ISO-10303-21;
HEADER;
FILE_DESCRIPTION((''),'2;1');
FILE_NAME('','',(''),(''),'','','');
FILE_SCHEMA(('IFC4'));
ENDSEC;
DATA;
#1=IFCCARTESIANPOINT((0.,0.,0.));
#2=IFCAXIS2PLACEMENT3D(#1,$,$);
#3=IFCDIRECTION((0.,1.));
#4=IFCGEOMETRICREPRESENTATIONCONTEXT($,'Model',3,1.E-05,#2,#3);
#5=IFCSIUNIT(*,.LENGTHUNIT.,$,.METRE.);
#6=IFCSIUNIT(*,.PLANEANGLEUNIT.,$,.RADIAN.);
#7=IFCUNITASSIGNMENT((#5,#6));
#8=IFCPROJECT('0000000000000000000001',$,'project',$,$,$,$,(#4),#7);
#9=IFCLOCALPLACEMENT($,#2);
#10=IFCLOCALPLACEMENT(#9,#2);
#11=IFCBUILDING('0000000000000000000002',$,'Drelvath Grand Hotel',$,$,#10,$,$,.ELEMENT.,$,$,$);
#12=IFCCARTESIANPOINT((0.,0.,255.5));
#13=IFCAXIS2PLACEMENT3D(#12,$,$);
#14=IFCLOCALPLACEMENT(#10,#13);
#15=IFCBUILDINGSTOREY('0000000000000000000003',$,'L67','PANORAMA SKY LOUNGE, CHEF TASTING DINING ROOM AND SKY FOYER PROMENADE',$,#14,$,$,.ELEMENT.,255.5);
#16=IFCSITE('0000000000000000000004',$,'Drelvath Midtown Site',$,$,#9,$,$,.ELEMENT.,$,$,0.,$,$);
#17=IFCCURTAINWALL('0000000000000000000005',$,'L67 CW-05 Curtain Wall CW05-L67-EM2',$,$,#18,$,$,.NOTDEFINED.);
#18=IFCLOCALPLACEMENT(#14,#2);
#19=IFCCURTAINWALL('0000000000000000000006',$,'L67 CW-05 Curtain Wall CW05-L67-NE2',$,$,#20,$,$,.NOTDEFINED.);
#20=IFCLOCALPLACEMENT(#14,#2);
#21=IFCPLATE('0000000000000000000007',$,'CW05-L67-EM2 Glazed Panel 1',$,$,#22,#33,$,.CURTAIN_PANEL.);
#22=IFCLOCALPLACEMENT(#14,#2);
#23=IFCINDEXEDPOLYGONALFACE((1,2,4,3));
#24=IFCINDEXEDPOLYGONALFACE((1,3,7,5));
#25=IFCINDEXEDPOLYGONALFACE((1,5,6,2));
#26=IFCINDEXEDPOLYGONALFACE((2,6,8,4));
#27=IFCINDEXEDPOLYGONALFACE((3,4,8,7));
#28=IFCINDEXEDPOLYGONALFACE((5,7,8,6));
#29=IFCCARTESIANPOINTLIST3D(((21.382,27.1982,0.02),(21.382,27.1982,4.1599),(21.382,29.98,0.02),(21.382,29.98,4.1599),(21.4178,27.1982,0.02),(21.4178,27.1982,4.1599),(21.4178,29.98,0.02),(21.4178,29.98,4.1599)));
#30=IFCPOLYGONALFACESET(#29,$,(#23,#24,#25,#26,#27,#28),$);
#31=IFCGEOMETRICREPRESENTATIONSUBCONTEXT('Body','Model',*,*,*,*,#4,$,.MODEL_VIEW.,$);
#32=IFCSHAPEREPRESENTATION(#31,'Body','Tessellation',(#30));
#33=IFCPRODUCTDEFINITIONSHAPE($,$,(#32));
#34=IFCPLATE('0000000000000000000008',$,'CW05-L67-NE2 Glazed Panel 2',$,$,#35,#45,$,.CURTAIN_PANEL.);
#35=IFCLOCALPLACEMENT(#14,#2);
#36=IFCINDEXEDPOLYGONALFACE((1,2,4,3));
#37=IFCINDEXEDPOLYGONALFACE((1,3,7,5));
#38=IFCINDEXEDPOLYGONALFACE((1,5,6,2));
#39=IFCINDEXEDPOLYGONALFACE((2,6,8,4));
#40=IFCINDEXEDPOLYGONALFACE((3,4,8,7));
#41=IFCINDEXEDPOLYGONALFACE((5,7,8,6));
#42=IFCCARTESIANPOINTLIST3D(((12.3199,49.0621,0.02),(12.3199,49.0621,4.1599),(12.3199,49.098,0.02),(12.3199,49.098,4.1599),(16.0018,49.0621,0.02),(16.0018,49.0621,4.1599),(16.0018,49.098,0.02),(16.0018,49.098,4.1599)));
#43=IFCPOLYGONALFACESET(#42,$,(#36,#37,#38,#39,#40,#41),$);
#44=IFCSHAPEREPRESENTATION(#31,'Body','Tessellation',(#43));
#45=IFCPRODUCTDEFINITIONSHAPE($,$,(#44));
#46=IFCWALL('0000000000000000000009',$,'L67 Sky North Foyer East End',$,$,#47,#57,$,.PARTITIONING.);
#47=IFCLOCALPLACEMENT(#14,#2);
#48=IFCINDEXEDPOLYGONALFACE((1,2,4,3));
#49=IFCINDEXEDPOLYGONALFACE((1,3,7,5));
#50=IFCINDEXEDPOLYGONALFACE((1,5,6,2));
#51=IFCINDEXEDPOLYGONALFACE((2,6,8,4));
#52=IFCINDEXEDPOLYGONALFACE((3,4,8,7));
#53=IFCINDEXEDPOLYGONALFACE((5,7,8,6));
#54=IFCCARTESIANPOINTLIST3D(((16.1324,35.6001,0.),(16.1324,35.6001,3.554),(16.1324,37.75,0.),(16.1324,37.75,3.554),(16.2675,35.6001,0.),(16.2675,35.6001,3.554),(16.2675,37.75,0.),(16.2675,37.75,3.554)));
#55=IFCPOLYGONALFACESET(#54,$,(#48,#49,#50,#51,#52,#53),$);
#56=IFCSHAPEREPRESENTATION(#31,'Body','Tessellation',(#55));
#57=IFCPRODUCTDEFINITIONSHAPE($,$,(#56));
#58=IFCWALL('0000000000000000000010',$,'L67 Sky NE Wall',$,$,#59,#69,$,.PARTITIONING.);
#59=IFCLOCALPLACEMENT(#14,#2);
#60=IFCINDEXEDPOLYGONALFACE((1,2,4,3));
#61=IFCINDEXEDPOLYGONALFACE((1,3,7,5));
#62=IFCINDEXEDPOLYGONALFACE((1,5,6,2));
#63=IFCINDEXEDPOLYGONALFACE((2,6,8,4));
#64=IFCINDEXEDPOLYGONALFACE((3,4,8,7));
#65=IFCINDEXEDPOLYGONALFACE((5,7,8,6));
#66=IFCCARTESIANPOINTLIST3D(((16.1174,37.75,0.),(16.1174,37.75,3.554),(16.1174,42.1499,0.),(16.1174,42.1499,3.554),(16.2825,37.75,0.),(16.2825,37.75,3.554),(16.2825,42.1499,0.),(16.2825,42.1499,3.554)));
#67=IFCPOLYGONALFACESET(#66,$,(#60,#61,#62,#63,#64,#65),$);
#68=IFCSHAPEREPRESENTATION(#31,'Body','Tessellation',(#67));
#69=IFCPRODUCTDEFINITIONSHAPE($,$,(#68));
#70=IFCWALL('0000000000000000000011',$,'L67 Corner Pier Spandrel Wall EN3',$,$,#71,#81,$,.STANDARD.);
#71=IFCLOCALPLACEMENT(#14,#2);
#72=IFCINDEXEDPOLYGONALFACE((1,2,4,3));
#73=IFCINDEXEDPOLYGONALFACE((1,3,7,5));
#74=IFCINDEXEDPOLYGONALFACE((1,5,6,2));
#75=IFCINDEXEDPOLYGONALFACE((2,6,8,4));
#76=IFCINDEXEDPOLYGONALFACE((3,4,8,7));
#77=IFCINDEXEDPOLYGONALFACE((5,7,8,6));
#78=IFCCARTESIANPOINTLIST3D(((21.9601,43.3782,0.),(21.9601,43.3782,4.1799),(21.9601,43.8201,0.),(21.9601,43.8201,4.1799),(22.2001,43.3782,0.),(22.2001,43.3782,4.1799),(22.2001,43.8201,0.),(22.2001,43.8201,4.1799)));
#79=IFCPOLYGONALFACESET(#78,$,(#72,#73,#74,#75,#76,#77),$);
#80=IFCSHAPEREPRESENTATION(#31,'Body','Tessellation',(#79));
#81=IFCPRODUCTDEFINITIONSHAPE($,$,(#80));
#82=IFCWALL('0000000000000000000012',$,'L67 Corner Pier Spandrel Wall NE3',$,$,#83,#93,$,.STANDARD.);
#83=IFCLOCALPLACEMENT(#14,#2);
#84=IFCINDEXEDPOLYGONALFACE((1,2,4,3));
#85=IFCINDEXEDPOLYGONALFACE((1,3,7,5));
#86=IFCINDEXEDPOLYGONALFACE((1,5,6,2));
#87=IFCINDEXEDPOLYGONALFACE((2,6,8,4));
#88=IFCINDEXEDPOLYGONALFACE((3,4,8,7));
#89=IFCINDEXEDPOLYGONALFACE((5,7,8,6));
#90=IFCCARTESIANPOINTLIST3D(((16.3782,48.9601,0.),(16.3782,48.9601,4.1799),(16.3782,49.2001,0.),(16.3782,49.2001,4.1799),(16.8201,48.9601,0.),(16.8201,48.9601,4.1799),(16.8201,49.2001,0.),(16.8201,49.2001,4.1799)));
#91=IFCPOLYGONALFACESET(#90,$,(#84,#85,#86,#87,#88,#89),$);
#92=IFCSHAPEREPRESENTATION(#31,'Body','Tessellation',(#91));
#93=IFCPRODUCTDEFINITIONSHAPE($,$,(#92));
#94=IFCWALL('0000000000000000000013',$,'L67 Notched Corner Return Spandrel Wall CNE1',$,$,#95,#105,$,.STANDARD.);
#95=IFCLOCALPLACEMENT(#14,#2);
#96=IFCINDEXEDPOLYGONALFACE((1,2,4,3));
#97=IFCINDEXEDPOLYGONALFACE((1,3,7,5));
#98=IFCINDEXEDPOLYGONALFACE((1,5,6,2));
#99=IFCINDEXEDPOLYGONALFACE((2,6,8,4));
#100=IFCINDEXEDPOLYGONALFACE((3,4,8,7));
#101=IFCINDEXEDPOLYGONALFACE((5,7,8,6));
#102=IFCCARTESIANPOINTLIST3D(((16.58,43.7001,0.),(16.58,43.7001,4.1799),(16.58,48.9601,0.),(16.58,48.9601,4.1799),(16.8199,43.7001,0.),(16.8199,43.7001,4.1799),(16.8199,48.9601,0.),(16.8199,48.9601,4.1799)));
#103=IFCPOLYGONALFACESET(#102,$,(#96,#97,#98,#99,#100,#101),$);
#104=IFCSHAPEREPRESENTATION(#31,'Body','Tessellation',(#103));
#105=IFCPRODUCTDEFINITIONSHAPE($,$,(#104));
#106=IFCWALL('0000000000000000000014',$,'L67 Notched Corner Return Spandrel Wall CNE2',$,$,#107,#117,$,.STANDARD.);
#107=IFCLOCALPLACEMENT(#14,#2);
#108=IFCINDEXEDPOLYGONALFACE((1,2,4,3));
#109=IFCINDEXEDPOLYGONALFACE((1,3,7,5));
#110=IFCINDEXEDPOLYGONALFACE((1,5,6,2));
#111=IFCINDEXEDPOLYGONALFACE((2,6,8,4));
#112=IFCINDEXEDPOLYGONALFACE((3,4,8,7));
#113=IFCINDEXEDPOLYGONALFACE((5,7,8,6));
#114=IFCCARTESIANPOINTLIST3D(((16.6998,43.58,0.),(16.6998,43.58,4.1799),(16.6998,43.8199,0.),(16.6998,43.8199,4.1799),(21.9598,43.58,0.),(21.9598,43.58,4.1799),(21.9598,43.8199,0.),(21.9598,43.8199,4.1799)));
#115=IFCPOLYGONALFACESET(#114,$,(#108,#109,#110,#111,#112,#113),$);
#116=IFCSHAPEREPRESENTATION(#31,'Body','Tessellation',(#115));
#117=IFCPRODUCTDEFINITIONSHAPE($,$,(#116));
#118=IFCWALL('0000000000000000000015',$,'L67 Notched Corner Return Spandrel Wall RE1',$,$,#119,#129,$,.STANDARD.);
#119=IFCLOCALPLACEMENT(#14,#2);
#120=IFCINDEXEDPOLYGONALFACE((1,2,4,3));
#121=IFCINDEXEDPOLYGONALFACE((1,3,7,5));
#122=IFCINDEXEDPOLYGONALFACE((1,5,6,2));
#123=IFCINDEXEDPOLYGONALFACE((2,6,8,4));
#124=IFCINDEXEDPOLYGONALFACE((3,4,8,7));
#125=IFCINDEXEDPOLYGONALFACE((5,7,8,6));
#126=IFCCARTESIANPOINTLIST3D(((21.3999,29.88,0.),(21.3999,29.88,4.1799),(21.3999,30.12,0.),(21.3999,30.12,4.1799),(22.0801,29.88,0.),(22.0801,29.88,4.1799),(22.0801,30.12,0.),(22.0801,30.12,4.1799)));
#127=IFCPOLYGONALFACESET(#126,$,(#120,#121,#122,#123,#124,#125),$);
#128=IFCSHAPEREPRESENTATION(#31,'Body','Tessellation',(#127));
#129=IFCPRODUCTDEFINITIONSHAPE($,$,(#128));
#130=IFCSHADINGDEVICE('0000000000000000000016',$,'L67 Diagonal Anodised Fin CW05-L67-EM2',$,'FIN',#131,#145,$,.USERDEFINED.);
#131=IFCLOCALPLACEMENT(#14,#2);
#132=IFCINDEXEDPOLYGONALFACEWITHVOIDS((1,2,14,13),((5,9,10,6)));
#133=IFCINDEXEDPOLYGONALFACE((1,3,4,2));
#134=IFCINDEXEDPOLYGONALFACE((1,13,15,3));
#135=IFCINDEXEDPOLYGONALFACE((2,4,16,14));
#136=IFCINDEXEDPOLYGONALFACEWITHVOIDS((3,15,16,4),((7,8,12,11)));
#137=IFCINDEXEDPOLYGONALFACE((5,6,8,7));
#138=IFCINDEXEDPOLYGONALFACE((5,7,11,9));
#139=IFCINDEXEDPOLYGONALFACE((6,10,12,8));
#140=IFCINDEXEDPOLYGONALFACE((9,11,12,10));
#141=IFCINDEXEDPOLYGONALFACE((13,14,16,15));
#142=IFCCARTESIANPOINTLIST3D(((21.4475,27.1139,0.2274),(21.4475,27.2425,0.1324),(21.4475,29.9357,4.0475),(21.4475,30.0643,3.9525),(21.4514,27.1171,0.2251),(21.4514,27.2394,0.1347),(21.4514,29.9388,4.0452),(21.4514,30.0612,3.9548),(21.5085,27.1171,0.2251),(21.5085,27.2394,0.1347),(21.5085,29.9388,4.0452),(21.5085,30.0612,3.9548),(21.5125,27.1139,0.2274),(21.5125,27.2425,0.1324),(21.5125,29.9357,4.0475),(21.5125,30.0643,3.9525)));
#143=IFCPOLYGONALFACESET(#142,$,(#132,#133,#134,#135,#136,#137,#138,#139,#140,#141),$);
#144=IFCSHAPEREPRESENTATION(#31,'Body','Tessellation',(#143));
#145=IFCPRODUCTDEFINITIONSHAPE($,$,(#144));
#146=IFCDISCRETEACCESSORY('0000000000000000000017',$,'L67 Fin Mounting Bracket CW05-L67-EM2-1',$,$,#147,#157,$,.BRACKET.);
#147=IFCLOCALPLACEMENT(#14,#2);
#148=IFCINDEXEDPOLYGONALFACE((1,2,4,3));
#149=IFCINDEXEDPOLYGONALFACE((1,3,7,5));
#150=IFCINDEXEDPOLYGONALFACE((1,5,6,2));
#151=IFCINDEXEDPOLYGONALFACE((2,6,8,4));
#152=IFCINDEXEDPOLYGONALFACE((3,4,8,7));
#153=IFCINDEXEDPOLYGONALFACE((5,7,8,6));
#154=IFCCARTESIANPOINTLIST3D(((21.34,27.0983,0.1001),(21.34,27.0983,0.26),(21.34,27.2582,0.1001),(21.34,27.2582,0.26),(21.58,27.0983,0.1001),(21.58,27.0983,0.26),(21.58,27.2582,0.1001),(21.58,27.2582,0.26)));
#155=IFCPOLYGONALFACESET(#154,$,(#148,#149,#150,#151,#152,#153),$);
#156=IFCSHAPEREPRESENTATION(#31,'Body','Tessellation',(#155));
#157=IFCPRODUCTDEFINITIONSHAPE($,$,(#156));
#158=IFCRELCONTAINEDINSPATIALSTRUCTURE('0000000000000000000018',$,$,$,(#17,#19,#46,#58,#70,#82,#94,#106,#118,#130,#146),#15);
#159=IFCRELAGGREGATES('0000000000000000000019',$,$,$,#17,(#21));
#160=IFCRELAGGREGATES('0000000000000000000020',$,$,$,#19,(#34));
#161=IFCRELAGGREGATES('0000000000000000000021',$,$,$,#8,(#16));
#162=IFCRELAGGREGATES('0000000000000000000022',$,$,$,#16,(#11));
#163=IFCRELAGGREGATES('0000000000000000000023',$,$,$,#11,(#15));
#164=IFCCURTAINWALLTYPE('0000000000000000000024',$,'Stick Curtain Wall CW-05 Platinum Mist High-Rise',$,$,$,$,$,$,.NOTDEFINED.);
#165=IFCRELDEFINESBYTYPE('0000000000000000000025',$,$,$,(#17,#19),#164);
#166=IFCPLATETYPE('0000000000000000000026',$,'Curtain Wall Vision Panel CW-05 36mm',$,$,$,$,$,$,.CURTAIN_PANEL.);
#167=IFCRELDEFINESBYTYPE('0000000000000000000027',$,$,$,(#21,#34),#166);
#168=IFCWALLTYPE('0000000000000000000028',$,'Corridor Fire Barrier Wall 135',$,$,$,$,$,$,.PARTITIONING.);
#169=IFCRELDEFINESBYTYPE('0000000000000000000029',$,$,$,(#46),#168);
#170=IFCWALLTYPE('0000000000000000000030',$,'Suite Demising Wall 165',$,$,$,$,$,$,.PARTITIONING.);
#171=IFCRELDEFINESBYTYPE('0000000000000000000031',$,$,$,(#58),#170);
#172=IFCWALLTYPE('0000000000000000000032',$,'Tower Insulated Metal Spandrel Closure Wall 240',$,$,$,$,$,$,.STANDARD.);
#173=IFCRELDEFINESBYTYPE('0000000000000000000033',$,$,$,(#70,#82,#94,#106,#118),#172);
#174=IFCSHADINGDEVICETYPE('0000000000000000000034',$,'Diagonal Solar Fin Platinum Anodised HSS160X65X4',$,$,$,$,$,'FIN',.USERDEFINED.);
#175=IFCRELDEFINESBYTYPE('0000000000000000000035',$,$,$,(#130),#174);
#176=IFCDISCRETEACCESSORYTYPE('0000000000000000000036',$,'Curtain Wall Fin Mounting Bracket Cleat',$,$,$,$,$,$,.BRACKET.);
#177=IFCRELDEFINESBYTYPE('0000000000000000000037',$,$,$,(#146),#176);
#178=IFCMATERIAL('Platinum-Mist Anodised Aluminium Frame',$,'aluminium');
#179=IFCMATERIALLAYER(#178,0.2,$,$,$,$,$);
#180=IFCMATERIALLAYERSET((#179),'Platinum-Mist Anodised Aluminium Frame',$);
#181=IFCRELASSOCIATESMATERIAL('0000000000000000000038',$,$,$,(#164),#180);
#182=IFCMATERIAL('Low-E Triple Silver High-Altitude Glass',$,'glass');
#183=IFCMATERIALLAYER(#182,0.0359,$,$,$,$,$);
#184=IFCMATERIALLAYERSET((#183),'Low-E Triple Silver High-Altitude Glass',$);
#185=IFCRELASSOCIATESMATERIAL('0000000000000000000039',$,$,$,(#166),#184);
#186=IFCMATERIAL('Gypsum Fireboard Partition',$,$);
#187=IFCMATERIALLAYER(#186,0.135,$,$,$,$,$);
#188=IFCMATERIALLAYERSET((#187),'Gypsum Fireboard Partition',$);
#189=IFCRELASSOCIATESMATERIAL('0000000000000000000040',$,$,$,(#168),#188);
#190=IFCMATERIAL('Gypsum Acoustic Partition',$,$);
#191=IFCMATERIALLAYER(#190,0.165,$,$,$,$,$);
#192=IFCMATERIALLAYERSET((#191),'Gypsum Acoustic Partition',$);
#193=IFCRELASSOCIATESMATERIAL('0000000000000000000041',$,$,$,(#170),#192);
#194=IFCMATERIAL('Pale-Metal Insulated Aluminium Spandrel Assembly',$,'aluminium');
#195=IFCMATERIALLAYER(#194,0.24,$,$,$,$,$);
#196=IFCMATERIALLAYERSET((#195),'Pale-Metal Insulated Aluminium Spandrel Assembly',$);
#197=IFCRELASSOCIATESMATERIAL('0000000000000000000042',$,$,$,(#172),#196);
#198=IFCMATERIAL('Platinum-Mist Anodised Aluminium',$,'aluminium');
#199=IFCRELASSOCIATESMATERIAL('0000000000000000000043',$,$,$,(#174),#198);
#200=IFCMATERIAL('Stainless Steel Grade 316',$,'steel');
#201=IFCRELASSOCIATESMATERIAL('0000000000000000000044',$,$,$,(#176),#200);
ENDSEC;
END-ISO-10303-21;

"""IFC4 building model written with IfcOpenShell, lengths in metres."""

from ifc_helpers import new_model, si_unit, direction, frame, frame_2d, origin, origin_2d, place, context, subcontext, project, spatial, rectangle, hollow_rectangle, extrude, material, layer, layer_set, material_profile, profile_set, type_object, element, aggregate, save


model = new_model("IFC4")

# Units and contexts
model_context = context("Model", 3, precision=1e-05, world=origin(), true_north=direction((0.0, 1.0)))
body_context = subcontext(model_context, "Body", "Model", "MODEL_VIEW")
ifc_project = project(units=[si_unit("LENGTHUNIT", "METRE"), si_unit("PLANEANGLEUNIT", "RADIAN")], contexts=[model_context])

# Site, building, storey
site_placement = place(None, origin())
site = spatial("IfcSite", under=ifc_project, at=site_placement, Name="Drelvath Midtown Site", CompositionType="ELEMENT", RefElevation=0.0)
building_placement = place(site_placement, origin())
building = spatial("IfcBuilding", under=site, at=building_placement, Name="Drelvath Grand Hotel", CompositionType="ELEMENT")
storey_placement = place(building_placement, frame((0.0, 0.0, 255.5)))
storey = spatial("IfcBuildingStorey", under=building, at=storey_placement, Name="L67", Description="PANORAMA SKY LOUNGE, CHEF TASTING DINING ROOM AND SKY FOYER PROMENADE", CompositionType="ELEMENT", Elevation=255.5)

# Curtain wall
ifc_material_1 = material(Name="Platinum-Mist Anodised Aluminium Frame", Category="aluminium")
ifc_layer_1 = layer(ifc_material_1, 0.2)
ifc_layer_set_1 = layer_set([ifc_layer_1], Name="Platinum-Mist Anodised Aluminium Frame")
curtain_wall_type = type_object("IfcCurtainWallType", Name="Stick Curtain Wall CW-05 Platinum Mist High-Rise", PredefinedType="NOTDEFINED", material=ifc_layer_set_1)
curtain_wall_1_placement = place(storey_placement, origin())
curtain_wall_1 = element("IfcCurtainWall", 1, at=curtain_wall_1_placement, inside=storey, type_object=curtain_wall_type, Name="L67 CW-05 Curtain Wall CW05-L67-EM2", PredefinedType="NOTDEFINED")

# Curtain wall
curtain_wall_2_placement = place(storey_placement, origin())
curtain_wall_2 = element("IfcCurtainWall", 2, at=curtain_wall_2_placement, inside=storey, type_object=curtain_wall_type, Name="L67 CW-05 Curtain Wall CW05-L67-NE2", PredefinedType="NOTDEFINED")

# Plates
ifc_material_2 = material(Name="Low-E Triple Silver High-Altitude Glass", Category="glass")
ifc_layer_2 = layer(ifc_material_2, 0.0359)
ifc_layer_set_2 = layer_set([ifc_layer_2], Name="Low-E Triple Silver High-Altitude Glass")
plate_type = type_object("IfcPlateType", Name="Curtain Wall Vision Panel CW-05 36mm", PredefinedType="CURTAIN_PANEL", material=ifc_layer_set_2)
plate_1_placement = place(storey_placement, frame((21.3999, 28.5891, 0.02), z_axis=(0.0, 0.0, 1.0), x_axis=(0.0, -1.0, 0.0)))
plate_1 = element("IfcPlate", 3, at=plate_1_placement, type_object=plate_type, Name="CW05-L67-EM2 Glazed Panel 1", PredefinedType="CURTAIN_PANEL", context=body_context, shape_type="SweptSolid", body=[
    extrude(rectangle(XDim=2.7817, YDim=0.0359, at=origin_2d()), origin(), (0.0, 0.0, 1.0), 4.1399),
])
aggregate(curtain_wall_1, [plate_1])
plate_2_placement = place(storey_placement, frame((14.1609, 49.0801, 0.02), z_axis=(0.0, 0.0, 1.0), x_axis=(1.0, 0.0, 0.0)))
plate_2 = element("IfcPlate", 4, at=plate_2_placement, type_object=plate_type, Name="CW05-L67-NE2 Glazed Panel 2", PredefinedType="CURTAIN_PANEL", context=body_context, shape_type="SweptSolid", body=[
    extrude(rectangle(XDim=3.6819, YDim=0.0359, at=origin_2d()), origin(), (0.0, 0.0, 1.0), 4.1399),
])
aggregate(curtain_wall_2, [plate_2])

# Walls
ifc_material_3 = material(Name="Gypsum Fireboard Partition")
ifc_layer_3 = layer(ifc_material_3, 0.135)
ifc_layer_set_3 = layer_set([ifc_layer_3], Name="Gypsum Fireboard Partition")
wall_type_1 = type_object("IfcWallType", Name="Corridor Fire Barrier Wall 135", PredefinedType="PARTITIONING", material=ifc_layer_set_3)
wall_1_placement = place(storey_placement, frame((16.2, 35.6001, 0.0), z_axis=(0.0, 0.0, 1.0), x_axis=(0.0, 1.0, 0.0)))
element("IfcWall", 5, at=wall_1_placement, inside=storey, type_object=wall_type_1, Name="L67 Sky North Foyer East End", PredefinedType="PARTITIONING", context=body_context, shape_type="SweptSolid", body=[
    extrude(rectangle(XDim=2.1499, YDim=0.135, at=frame_2d((1.075, 0.0))), origin(), (0.0, 0.0, 1.0), 3.554),
])
ifc_material_4 = material(Name="Gypsum Acoustic Partition")
ifc_layer_4 = layer(ifc_material_4, 0.165)
ifc_layer_set_4 = layer_set([ifc_layer_4], Name="Gypsum Acoustic Partition")
wall_type_2 = type_object("IfcWallType", Name="Suite Demising Wall 165", PredefinedType="PARTITIONING", material=ifc_layer_set_4)
wall_2_placement = place(storey_placement, frame((16.2, 37.75, 0.0), z_axis=(0.0, 0.0, 1.0), x_axis=(0.0, 1.0, 0.0)))
element("IfcWall", 6, at=wall_2_placement, inside=storey, type_object=wall_type_2, Name="L67 Sky NE Wall", PredefinedType="PARTITIONING", context=body_context, shape_type="SweptSolid", body=[
    extrude(rectangle(XDim=4.3999, YDim=0.165, at=frame_2d((2.2, 0.0))), origin(), (0.0, 0.0, 1.0), 3.554),
])
ifc_material_5 = material(Name="Pale-Metal Insulated Aluminium Spandrel Assembly", Category="aluminium")
ifc_layer_5 = layer(ifc_material_5, 0.24)
ifc_layer_set_5 = layer_set([ifc_layer_5], Name="Pale-Metal Insulated Aluminium Spandrel Assembly")
wall_type_3 = type_object("IfcWallType", Name="Tower Insulated Metal Spandrel Closure Wall 240", PredefinedType="STANDARD", material=ifc_layer_set_5)
for number, where, z_axis, x_axis, name in (
    (7, (22.0801, 43.8201, 0.0), (0.0, 0.0, 1.0), (0.0, -1.0, 0.0), "L67 Corner Pier Spandrel Wall EN3"),
    (8, (16.3782, 49.0801, 0.0), (0.0, 0.0, 1.0), (1.0, 0.0, 0.0), "L67 Corner Pier Spandrel Wall NE3"),
):
    element("IfcWall", number, at=place(storey_placement, frame(where, z_axis=z_axis, x_axis=x_axis)), inside=storey, type_object=wall_type_3, Name=name, PredefinedType="STANDARD", context=body_context, shape_type="SweptSolid", body=[
        extrude(rectangle(XDim=0.4419, YDim=0.24, at=frame_2d((0.2209, 0.0))), origin(), (0.0, 0.0, 1.0), 4.1799),
    ])
for number, where, z_axis, x_axis, name in (
    (9, (16.7, 48.96, 0.0), (0.0, 0.0, 1.0), (0.0, -1.0, 0.0), "L67 Notched Corner Return Spandrel Wall CNE1"),
    (10, (16.7, 43.7, 0.0), (0.0, 0.0, 1.0), (1.0, 0.0, 0.0), "L67 Notched Corner Return Spandrel Wall CNE2"),
):
    element("IfcWall", number, at=place(storey_placement, frame(where, z_axis=z_axis, x_axis=x_axis)), inside=storey, type_object=wall_type_3, Name=name, PredefinedType="STANDARD", context=body_context, shape_type="SweptSolid", body=[
        extrude(rectangle(XDim=5.26, YDim=0.24, at=frame_2d((2.6299, 0.0))), origin(), (0.0, 0.0, 1.0), 4.1799),
    ])
wall_3_placement = place(storey_placement, frame((22.0801, 30.0, 0.0), z_axis=(0.0, 0.0, 1.0), x_axis=(-1.0, 0.0, 0.0)))
element("IfcWall", 11, at=wall_3_placement, inside=storey, type_object=wall_type_3, Name="L67 Notched Corner Return Spandrel Wall RE1", PredefinedType="STANDARD", context=body_context, shape_type="SweptSolid", body=[
    extrude(rectangle(XDim=0.6802, YDim=0.24, at=frame_2d((0.3401, 0.0))), origin(), (0.0, 0.0, 1.0), 4.1799),
])

# Shading device
ifc_material_6 = material(Name="Platinum-Mist Anodised Aluminium", Category="aluminium")
ifc_material_profile_1 = material_profile(ifc_material_6, hollow_rectangle(XDim=0.0649, YDim=0.1599, WallThickness=0.0039, at=origin_2d()), Name="HSS160X65X4")
ifc_profile_set_1 = profile_set([ifc_material_profile_1], Name="Platinum-Mist Anodised Aluminium")
shading_device_type = type_object("IfcShadingDeviceType", Name="Diagonal Solar Fin Platinum Anodised HSS160X65X4", ElementType="FIN", PredefinedType="USERDEFINED", material=ifc_profile_set_1)
shading_device_placement = place(storey_placement, frame((21.48, 27.1782, 0.1799), z_axis=(0.0, 0.594153, 0.804352), x_axis=(-1.0, 0.0, 0.0)))
element("IfcShadingDevice", 12, at=shading_device_placement, inside=storey, type_object=shading_device_type, Name="L67 Diagonal Anodised Fin CW05-L67-EM2", ObjectType="FIN", PredefinedType="USERDEFINED", context=body_context, shape_type="SweptSolid", body=[
    extrude(hollow_rectangle(XDim=0.0649, YDim=0.1599, WallThickness=0.0039, at=origin_2d()), origin(), (0.0, 0.0, 1.0), 4.7493),
])

# Discrete accessory
ifc_material_7 = material(Name="Stainless Steel Grade 316", Category="steel")
discrete_accessory_type = type_object("IfcDiscreteAccessoryType", Name="Curtain Wall Fin Mounting Bracket Cleat", PredefinedType="BRACKET", material=ifc_material_7)
discrete_accessory_placement = place(storey_placement, frame((21.46, 27.1782, 0.1001), z_axis=(0.0, 0.0, 1.0), x_axis=(0.0, -1.0, 0.0)))
element("IfcDiscreteAccessory", 13, at=discrete_accessory_placement, inside=storey, type_object=discrete_accessory_type, Name="L67 Fin Mounting Bracket CW05-L67-EM2-1", PredefinedType="BRACKET", context=body_context, shape_type="SweptSolid", body=[
    extrude(rectangle(XDim=0.1599, YDim=0.24, at=origin_2d()), origin(), (0.0, 0.0, 1.0), 0.1599),
])

save(model, "model.ifc")
